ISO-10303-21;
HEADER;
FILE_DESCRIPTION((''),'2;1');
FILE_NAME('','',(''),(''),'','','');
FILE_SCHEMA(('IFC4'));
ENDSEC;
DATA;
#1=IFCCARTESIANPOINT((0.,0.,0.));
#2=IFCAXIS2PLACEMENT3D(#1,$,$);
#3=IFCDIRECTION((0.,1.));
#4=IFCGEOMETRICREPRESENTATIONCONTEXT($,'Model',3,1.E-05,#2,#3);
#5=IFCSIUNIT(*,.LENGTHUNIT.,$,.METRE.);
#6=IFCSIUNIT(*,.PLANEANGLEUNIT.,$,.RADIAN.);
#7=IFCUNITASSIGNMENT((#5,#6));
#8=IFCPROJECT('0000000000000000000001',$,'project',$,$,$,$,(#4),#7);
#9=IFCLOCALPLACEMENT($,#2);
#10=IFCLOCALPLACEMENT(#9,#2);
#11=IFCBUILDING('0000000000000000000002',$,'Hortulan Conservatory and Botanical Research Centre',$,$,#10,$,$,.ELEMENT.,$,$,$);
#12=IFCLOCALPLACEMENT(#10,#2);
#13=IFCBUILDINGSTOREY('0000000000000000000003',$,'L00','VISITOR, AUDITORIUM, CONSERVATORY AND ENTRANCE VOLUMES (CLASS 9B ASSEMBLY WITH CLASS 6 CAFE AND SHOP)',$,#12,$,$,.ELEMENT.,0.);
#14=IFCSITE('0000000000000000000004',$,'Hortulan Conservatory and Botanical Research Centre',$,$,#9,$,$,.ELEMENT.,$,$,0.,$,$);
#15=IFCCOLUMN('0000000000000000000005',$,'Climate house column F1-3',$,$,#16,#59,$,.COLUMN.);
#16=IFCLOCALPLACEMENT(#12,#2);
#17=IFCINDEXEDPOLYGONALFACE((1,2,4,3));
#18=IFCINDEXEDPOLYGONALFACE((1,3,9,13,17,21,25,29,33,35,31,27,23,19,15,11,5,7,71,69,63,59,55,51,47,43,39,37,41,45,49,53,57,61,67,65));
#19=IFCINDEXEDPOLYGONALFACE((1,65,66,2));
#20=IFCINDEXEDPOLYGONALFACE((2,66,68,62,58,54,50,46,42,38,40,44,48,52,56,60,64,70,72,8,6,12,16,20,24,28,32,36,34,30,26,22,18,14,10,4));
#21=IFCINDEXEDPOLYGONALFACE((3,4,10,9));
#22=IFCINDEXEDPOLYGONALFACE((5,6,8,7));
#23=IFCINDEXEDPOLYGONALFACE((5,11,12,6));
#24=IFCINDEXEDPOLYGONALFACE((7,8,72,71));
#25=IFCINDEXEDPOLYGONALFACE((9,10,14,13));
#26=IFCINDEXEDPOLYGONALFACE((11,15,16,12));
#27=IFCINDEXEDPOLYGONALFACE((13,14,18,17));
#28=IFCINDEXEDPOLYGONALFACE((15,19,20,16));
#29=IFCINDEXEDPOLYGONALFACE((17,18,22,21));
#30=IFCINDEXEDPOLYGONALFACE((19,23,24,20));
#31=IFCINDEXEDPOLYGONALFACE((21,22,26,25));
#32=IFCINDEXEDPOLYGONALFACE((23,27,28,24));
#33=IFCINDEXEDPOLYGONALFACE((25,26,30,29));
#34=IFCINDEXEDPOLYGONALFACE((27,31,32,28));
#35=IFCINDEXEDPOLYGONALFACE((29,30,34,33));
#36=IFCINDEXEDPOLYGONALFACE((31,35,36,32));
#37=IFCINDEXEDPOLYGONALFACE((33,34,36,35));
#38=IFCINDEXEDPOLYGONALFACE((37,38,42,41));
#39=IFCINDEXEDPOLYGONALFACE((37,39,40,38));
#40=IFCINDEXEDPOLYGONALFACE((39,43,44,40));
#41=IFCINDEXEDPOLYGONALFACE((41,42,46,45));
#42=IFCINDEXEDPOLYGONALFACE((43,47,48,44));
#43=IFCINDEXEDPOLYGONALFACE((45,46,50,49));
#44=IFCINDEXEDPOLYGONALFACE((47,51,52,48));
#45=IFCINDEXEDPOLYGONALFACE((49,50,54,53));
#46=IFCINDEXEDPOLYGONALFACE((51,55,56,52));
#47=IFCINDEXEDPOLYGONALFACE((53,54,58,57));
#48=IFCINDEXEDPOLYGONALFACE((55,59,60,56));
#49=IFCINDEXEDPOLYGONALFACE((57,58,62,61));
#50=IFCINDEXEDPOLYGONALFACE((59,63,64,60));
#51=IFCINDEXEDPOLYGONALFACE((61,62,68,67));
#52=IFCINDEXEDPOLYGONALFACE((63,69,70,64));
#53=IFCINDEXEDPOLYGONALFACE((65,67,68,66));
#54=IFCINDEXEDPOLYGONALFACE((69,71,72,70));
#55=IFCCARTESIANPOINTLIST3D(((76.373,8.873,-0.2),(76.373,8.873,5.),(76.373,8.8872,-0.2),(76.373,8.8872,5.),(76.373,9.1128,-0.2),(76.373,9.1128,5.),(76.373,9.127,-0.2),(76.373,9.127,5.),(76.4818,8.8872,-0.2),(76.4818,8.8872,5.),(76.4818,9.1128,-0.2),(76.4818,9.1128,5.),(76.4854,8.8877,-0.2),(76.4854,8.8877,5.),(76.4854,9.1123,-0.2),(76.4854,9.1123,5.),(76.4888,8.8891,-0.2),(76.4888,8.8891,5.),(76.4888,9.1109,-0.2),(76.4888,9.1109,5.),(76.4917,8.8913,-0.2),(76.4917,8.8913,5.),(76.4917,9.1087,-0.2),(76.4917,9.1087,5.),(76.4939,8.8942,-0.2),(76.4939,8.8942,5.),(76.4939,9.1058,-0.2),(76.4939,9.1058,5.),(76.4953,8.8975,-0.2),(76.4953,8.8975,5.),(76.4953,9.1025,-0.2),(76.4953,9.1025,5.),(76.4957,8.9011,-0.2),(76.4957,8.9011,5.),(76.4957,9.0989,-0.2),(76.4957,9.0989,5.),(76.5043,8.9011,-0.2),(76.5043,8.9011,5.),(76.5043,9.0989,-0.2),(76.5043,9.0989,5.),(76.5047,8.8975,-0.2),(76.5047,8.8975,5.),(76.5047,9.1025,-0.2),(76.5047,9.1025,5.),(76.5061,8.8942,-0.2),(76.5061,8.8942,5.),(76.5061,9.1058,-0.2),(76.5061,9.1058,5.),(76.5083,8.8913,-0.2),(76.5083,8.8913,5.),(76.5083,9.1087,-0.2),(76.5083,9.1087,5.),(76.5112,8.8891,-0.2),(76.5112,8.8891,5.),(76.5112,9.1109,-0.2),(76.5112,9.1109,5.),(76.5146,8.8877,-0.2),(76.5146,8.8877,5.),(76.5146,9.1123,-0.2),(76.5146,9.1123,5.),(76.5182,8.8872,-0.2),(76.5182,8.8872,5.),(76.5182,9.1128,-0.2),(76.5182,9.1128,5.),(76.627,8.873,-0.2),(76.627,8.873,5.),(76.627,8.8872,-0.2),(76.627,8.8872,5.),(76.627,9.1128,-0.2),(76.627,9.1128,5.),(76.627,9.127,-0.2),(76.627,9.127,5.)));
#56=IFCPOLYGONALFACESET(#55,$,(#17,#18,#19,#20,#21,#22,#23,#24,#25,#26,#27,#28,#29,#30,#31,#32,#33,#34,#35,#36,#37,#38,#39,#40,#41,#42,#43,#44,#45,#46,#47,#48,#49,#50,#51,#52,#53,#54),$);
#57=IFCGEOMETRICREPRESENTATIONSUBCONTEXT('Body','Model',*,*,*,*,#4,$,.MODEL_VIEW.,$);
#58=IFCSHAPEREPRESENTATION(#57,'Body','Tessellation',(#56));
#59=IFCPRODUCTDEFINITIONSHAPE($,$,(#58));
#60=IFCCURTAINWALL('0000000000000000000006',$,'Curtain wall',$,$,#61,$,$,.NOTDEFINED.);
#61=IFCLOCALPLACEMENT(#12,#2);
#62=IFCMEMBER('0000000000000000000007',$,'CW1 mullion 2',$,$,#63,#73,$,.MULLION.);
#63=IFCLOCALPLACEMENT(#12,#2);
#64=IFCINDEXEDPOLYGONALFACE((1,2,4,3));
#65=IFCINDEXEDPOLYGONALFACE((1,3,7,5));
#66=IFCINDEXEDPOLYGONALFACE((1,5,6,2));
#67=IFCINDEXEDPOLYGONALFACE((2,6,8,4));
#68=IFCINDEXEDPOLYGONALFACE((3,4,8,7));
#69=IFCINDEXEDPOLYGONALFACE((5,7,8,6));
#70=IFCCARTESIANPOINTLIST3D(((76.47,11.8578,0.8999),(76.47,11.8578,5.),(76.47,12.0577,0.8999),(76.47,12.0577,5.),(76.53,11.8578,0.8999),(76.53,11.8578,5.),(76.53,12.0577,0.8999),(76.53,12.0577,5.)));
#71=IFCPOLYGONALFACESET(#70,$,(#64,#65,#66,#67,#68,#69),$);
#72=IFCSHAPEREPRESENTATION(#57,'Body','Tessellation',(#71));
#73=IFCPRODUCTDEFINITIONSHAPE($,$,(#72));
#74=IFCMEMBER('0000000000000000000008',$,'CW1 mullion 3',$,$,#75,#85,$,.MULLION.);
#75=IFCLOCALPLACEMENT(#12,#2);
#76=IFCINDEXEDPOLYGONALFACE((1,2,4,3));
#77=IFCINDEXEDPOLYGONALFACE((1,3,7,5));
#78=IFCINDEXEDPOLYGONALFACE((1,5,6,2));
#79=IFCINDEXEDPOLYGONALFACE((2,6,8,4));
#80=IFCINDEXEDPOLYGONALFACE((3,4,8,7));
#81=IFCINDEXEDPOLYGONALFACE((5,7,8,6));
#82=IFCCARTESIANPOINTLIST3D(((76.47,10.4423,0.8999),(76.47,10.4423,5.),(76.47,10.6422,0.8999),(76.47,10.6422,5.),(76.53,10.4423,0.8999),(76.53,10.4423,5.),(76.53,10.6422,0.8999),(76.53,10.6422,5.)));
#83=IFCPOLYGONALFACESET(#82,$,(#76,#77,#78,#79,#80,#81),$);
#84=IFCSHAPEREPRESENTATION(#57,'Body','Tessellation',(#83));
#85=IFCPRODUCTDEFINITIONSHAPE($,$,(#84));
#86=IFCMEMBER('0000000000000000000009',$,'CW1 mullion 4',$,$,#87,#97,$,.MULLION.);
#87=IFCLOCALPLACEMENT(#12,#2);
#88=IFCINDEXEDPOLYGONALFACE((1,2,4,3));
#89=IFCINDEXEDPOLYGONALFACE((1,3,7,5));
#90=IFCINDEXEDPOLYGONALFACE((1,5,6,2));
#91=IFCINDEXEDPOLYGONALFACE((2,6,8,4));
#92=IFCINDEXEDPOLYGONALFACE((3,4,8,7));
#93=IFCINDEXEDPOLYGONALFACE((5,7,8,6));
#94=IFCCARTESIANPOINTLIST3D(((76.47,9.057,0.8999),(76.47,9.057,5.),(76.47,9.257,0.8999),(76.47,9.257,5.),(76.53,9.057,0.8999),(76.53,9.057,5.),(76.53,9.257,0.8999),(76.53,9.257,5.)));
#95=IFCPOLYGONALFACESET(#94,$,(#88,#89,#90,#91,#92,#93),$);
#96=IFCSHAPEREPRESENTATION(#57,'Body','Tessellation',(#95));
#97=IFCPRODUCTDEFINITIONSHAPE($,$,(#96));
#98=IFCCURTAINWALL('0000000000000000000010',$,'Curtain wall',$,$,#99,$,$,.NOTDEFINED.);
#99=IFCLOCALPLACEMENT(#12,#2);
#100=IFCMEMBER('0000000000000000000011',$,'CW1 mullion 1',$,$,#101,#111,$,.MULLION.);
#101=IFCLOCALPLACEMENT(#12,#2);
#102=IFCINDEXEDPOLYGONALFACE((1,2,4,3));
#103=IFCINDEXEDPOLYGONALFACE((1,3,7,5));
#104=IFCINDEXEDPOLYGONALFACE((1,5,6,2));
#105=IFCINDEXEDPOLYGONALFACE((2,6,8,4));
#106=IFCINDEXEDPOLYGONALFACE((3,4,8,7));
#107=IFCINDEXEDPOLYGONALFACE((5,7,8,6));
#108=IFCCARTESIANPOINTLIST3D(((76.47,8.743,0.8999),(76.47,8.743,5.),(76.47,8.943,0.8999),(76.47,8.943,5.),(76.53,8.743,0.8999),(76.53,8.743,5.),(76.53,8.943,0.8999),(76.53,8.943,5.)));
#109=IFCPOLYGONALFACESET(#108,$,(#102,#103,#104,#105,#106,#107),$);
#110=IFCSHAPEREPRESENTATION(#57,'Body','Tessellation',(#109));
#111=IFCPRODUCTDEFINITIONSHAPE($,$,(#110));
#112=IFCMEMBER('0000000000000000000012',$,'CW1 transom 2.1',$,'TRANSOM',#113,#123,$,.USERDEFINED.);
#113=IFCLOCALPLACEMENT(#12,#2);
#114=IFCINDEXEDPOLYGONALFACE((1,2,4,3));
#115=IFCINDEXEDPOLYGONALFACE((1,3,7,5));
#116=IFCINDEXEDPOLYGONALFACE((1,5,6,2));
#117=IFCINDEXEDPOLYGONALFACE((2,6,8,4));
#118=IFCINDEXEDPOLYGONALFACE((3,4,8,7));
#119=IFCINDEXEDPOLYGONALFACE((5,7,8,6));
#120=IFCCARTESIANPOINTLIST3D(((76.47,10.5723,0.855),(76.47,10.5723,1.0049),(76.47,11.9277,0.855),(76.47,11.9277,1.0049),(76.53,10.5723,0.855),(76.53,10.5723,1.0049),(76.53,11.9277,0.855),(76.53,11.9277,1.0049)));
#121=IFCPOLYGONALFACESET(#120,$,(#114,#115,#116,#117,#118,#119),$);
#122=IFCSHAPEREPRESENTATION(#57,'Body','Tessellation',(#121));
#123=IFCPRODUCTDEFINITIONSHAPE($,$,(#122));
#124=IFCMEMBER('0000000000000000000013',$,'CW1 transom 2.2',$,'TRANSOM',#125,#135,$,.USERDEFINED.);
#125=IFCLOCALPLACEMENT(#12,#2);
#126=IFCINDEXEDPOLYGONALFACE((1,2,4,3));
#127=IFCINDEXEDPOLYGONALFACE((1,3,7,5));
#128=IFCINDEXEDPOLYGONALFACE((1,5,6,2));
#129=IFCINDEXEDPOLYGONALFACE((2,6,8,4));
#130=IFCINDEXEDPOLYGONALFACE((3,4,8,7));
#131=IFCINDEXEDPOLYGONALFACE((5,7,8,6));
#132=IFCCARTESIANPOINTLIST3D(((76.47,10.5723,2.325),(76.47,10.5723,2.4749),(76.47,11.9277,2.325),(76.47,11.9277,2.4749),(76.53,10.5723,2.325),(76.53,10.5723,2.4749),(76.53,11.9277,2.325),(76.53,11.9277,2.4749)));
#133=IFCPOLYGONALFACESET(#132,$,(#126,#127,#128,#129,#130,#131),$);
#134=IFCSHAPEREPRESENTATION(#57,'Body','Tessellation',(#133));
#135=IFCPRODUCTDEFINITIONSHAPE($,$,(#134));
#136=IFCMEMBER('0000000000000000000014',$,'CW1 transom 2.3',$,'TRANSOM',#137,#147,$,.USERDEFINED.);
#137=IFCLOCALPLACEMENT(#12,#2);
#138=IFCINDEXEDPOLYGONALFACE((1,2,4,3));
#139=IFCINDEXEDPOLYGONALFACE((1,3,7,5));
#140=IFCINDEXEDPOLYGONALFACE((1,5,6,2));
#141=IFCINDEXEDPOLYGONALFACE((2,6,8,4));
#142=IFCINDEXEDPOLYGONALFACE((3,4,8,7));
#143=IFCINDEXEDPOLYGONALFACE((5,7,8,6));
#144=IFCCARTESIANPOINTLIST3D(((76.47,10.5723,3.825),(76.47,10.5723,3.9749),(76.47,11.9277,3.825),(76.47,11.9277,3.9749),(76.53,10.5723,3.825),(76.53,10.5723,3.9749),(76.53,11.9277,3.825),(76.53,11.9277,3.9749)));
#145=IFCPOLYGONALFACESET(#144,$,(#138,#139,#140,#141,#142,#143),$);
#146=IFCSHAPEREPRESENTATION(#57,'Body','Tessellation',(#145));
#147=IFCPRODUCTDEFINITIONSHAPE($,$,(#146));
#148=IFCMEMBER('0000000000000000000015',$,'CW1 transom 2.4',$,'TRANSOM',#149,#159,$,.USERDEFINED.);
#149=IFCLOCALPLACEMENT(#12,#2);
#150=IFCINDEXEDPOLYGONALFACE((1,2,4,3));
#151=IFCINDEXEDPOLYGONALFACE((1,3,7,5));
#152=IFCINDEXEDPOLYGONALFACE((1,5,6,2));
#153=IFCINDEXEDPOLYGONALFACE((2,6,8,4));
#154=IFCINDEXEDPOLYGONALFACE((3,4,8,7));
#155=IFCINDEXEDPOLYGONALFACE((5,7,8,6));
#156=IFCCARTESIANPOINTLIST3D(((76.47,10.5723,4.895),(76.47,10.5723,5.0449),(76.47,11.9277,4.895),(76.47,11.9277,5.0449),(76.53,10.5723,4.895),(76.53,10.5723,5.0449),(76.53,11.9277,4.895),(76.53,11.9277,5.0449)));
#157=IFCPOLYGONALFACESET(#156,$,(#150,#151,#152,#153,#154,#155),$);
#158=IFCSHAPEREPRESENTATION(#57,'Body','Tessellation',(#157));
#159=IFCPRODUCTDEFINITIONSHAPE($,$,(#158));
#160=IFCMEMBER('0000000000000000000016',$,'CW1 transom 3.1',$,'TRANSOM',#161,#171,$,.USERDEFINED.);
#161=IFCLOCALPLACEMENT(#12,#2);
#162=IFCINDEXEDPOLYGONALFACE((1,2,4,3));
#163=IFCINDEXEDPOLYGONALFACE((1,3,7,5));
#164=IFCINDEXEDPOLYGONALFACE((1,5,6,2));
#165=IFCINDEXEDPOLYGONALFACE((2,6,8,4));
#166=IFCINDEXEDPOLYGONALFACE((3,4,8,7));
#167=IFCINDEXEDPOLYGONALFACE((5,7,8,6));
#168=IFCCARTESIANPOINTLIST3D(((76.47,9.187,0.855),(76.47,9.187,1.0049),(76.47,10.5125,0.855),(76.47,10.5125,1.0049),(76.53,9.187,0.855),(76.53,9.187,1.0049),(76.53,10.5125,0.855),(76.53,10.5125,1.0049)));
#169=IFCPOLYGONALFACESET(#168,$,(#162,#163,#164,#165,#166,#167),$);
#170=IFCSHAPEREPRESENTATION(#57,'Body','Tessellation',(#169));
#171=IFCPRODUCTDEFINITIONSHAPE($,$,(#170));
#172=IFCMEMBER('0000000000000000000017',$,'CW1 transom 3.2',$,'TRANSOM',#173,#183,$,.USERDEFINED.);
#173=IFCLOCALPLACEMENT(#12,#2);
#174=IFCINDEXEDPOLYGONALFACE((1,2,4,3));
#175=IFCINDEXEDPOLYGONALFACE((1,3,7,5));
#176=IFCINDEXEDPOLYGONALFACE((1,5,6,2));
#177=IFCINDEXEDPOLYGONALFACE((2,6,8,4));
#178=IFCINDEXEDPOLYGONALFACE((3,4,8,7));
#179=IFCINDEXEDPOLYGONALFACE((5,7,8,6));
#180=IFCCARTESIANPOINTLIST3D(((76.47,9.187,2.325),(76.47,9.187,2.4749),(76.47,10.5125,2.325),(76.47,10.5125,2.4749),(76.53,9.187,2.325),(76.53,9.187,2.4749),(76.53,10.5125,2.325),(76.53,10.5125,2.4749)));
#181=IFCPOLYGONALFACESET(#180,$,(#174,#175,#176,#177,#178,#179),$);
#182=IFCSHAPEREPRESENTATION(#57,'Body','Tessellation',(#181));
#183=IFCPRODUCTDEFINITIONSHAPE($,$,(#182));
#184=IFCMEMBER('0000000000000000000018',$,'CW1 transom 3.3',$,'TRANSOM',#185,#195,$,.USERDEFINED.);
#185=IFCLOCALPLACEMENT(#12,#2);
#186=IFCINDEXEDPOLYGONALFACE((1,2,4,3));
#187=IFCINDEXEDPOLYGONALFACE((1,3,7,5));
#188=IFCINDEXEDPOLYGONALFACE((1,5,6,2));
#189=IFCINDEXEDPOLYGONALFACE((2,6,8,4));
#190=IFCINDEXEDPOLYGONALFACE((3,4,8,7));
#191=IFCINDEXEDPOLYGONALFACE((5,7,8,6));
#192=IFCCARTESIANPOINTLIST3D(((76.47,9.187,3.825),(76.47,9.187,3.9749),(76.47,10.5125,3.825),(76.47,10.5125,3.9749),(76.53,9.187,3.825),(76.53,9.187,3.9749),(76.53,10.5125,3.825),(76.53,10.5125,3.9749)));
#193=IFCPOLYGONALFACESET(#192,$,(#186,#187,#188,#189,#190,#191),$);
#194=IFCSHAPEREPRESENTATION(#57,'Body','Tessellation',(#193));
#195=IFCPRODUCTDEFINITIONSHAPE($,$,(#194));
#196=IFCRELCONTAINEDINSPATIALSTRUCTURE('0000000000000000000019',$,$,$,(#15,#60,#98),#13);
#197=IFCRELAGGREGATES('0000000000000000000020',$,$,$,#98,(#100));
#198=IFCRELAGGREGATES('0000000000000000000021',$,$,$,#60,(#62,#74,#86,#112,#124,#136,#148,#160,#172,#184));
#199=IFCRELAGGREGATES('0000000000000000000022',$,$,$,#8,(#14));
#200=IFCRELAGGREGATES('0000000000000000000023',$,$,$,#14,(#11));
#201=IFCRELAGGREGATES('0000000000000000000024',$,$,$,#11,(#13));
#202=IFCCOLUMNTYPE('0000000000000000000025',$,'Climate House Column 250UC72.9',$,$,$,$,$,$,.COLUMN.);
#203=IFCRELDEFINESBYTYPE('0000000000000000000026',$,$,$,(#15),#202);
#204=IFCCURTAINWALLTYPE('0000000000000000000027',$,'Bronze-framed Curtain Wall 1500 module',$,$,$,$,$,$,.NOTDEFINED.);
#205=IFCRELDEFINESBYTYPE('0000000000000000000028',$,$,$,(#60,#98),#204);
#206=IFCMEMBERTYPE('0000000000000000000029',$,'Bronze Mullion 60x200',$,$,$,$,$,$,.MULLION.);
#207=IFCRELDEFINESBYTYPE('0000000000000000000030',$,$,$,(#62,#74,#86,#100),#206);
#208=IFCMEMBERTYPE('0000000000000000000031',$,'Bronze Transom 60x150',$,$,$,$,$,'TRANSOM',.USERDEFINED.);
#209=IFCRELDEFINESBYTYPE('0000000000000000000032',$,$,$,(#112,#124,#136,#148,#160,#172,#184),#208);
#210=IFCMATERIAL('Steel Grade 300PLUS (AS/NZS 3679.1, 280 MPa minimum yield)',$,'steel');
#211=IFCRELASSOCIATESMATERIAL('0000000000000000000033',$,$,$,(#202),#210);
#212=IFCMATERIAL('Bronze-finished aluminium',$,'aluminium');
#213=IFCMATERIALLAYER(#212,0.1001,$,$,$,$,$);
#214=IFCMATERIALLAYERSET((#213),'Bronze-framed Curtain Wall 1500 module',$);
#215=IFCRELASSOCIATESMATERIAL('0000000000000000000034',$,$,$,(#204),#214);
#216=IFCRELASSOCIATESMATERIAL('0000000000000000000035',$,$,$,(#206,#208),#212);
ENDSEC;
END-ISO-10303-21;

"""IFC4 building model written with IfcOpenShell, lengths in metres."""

from ifc_helpers import new_model, si_unit, direction, frame, origin, origin_2d, place, context, subcontext, project, spatial, rectangle, i_section, extrude, material, layer, layer_set, material_profile, profile_set, type_object, element, aggregate, save


model = new_model("IFC4")

# Units and contexts
model_context = context("Model", 3, precision=1e-05, world=origin(), true_north=direction((0.0, 1.0)))
body_context = subcontext(model_context, "Body", "Model", "MODEL_VIEW")
ifc_project = project(units=[si_unit("LENGTHUNIT", "METRE"), si_unit("PLANEANGLEUNIT", "RADIAN")], contexts=[model_context])

# Site, building, storey
site_placement = place(None, origin())
site = spatial("IfcSite", under=ifc_project, at=site_placement, Name="Hortulan Conservatory and Botanical Research Centre", CompositionType="ELEMENT", RefElevation=0.0)
building_placement = place(site_placement, origin())
building = spatial("IfcBuilding", under=site, at=building_placement, Name="Hortulan Conservatory and Botanical Research Centre", CompositionType="ELEMENT")
storey_placement = place(building_placement, origin())
storey = spatial("IfcBuildingStorey", under=building, at=storey_placement, Name="L00", Description="VISITOR, AUDITORIUM, CONSERVATORY AND ENTRANCE VOLUMES (CLASS 9B ASSEMBLY WITH CLASS 6 CAFE AND SHOP)", CompositionType="ELEMENT", Elevation=0.0)

# Column
ifc_material_1 = material(Name="Steel Grade 300PLUS (AS/NZS 3679.1, 280 MPa minimum yield)", Category="steel")
ifc_material_profile_1 = material_profile(ifc_material_1, i_section(OverallWidth=0.2539, OverallDepth=0.2539, WebThickness=0.0085, FlangeThickness=0.0142, FilletRadius=0.0139, at=origin_2d()), Name="250UC72.9")
ifc_profile_set_1 = profile_set([ifc_material_profile_1], Name="Steel Grade 300PLUS (AS/NZS 3679.1, 280 MPa minimum yield)")
column_type = type_object("IfcColumnType", Name="Climate House Column 250UC72.9", PredefinedType="COLUMN", material=ifc_profile_set_1)
column_placement = place(storey_placement, frame((76.5, 9.0, -0.2), z_axis=(0.0, 0.0, 1.0), x_axis=(1.0, 0.0, 0.0)))
element("IfcColumn", 1, at=column_placement, inside=storey, type_object=column_type, Name="Climate house column F1-3", PredefinedType="COLUMN", context=body_context, shape_type="SweptSolid", body=[
    extrude(i_section(OverallWidth=0.2539, OverallDepth=0.2539, WebThickness=0.0085, FlangeThickness=0.0142, FilletRadius=0.0139, at=origin_2d()), origin(), (0.0, 0.0, 1.0), 5.2),
])

# Curtain wall, members
ifc_material_2 = material(Name="Bronze-finished aluminium", Category="aluminium")
ifc_layer_1 = layer(ifc_material_2, 0.1001)
ifc_layer_set_1 = layer_set([ifc_layer_1], Name="Bronze-framed Curtain Wall 1500 module")
curtain_wall_type = type_object("IfcCurtainWallType", Name="Bronze-framed Curtain Wall 1500 module", PredefinedType="NOTDEFINED", material=ifc_layer_set_1)
curtain_wall_1_placement = place(storey_placement, origin())
curtain_wall_1 = element("IfcCurtainWall", 2, at=curtain_wall_1_placement, inside=storey, type_object=curtain_wall_type, Name="Curtain wall", PredefinedType="NOTDEFINED")
ifc_material_profile_2 = material_profile(ifc_material_2, rectangle(XDim=0.0601, YDim=0.2, at=origin_2d()), Name="Bronze Mullion 60x200")
ifc_profile_set_2 = profile_set([ifc_material_profile_2], Name="Bronze-finished aluminium")
member_type_1 = type_object("IfcMemberType", Name="Bronze Mullion 60x200", PredefinedType="MULLION", material=ifc_profile_set_2)
member_1_placement = place(storey_placement, frame((76.5, 11.9578, 0.8999), z_axis=(0.0, 0.0, 1.0), x_axis=(1.0, 0.0, 0.0)))
member_1 = element("IfcMember", 3, at=member_1_placement, type_object=member_type_1, Name="CW1 mullion 2", PredefinedType="MULLION", context=body_context, shape_type="SweptSolid", body=[
    extrude(rectangle(XDim=0.0601, YDim=0.2, at=origin_2d()), origin(), (0.0, 0.0, 1.0), 4.1001),
])
member_2_placement = place(storey_placement, frame((76.5, 10.5422, 0.8999), z_axis=(0.0, 0.0, 1.0), x_axis=(1.0, 0.0, 0.0)))
member_2 = element("IfcMember", 4, at=member_2_placement, type_object=member_type_1, Name="CW1 mullion 3", PredefinedType="MULLION", context=body_context, shape_type="SweptSolid", body=[
    extrude(rectangle(XDim=0.0601, YDim=0.2, at=origin_2d()), origin(), (0.0, 0.0, 1.0), 4.1001),
])
member_3_placement = place(storey_placement, frame((76.5, 9.157, 0.8999), z_axis=(0.0, 0.0, 1.0), x_axis=(1.0, 0.0, 0.0)))
member_3 = element("IfcMember", 5, at=member_3_placement, type_object=member_type_1, Name="CW1 mullion 4", PredefinedType="MULLION", context=body_context, shape_type="SweptSolid", body=[
    extrude(rectangle(XDim=0.0601, YDim=0.2, at=origin_2d()), origin(), (0.0, 0.0, 1.0), 4.1001),
])

# Curtain wall, member
curtain_wall_2_placement = place(storey_placement, origin())
curtain_wall_2 = element("IfcCurtainWall", 6, at=curtain_wall_2_placement, inside=storey, type_object=curtain_wall_type, Name="Curtain wall", PredefinedType="NOTDEFINED")
member_4_placement = place(storey_placement, frame((76.5, 8.843, 0.8999), z_axis=(0.0, 0.0, 1.0), x_axis=(1.0, 0.0, 0.0)))
member_4 = element("IfcMember", 7, at=member_4_placement, type_object=member_type_1, Name="CW1 mullion 1", PredefinedType="MULLION", context=body_context, shape_type="SweptSolid", body=[
    extrude(rectangle(XDim=0.0601, YDim=0.2, at=origin_2d()), origin(), (0.0, 0.0, 1.0), 4.1001),
])

# Members
ifc_material_profile_3 = material_profile(ifc_material_2, rectangle(XDim=0.0601, YDim=0.1499, at=origin_2d()), Name="Bronze Transom 60x150")
ifc_profile_set_3 = profile_set([ifc_material_profile_3], Name="Bronze-finished aluminium")
member_type_2 = type_object("IfcMemberType", Name="Bronze Transom 60x150", ElementType="TRANSOM", PredefinedType="USERDEFINED", material=ifc_profile_set_3)
member_5_placement = place(storey_placement, frame((76.5, 11.9277, 0.9299), z_axis=(0.0, -1.0, 0.0), x_axis=(1.0, 0.0, 0.0)))
member_5 = element("IfcMember", 8, at=member_5_placement, type_object=member_type_2, Name="CW1 transom 2.1", ObjectType="TRANSOM", PredefinedType="USERDEFINED", context=body_context, shape_type="SweptSolid", body=[
    extrude(rectangle(XDim=0.0601, YDim=0.1499, at=origin_2d()), origin(), (0.0, 0.0, 1.0), 1.3555),
])
member_6_placement = place(storey_placement, frame((76.5, 11.9277, 2.3999), z_axis=(0.0, -1.0, 0.0), x_axis=(1.0, 0.0, 0.0)))
member_6 = element("IfcMember", 9, at=member_6_placement, type_object=member_type_2, Name="CW1 transom 2.2", ObjectType="TRANSOM", PredefinedType="USERDEFINED", context=body_context, shape_type="SweptSolid", body=[
    extrude(rectangle(XDim=0.0601, YDim=0.1499, at=origin_2d()), origin(), (0.0, 0.0, 1.0), 1.3555),
])
member_7_placement = place(storey_placement, frame((76.5, 11.9277, 3.8999), z_axis=(0.0, -1.0, 0.0), x_axis=(1.0, 0.0, 0.0)))
member_7 = element("IfcMember", 10, at=member_7_placement, type_object=member_type_2, Name="CW1 transom 2.3", ObjectType="TRANSOM", PredefinedType="USERDEFINED", context=body_context, shape_type="SweptSolid", body=[
    extrude(rectangle(XDim=0.0601, YDim=0.1499, at=origin_2d()), origin(), (0.0, 0.0, 1.0), 1.3555),
])
member_8_placement = place(storey_placement, frame((76.5, 11.9277, 4.97), z_axis=(0.0, -1.0, 0.0), x_axis=(1.0, 0.0, 0.0)))
member_8 = element("IfcMember", 11, at=member_8_placement, type_object=member_type_2, Name="CW1 transom 2.4", ObjectType="TRANSOM", PredefinedType="USERDEFINED", context=body_context, shape_type="SweptSolid", body=[
    extrude(rectangle(XDim=0.0601, YDim=0.1499, at=origin_2d()), origin(), (0.0, 0.0, 1.0), 1.3555),
])
member_9_placement = place(storey_placement, frame((76.5, 10.5125, 0.9299), z_axis=(0.0, -1.0, 0.0), x_axis=(1.0, 0.0, 0.0)))
member_9 = element("IfcMember", 12, at=member_9_placement, type_object=member_type_2, Name="CW1 transom 3.1", ObjectType="TRANSOM", PredefinedType="USERDEFINED", context=body_context, shape_type="SweptSolid", body=[
    extrude(rectangle(XDim=0.0601, YDim=0.1499, at=origin_2d()), origin(), (0.0, 0.0, 1.0), 1.3254),
])
member_10_placement = place(storey_placement, frame((76.5, 10.5125, 2.3999), z_axis=(0.0, -1.0, 0.0), x_axis=(1.0, 0.0, 0.0)))
member_10 = element("IfcMember", 13, at=member_10_placement, type_object=member_type_2, Name="CW1 transom 3.2", ObjectType="TRANSOM", PredefinedType="USERDEFINED", context=body_context, shape_type="SweptSolid", body=[
    extrude(rectangle(XDim=0.0601, YDim=0.1499, at=origin_2d()), origin(), (0.0, 0.0, 1.0), 1.3254),
])
member_11_placement = place(storey_placement, frame((76.5, 10.5125, 3.8999), z_axis=(0.0, -1.0, 0.0), x_axis=(1.0, 0.0, 0.0)))
member_11 = element("IfcMember", 14, at=member_11_placement, type_object=member_type_2, Name="CW1 transom 3.3", ObjectType="TRANSOM", PredefinedType="USERDEFINED", context=body_context, shape_type="SweptSolid", body=[
    extrude(rectangle(XDim=0.0601, YDim=0.1499, at=origin_2d()), origin(), (0.0, 0.0, 1.0), 1.3254),
])
aggregate(curtain_wall_2, [member_4])

aggregate(curtain_wall_1, [member_1, member_2, member_3, member_5, member_6, member_7, member_8, member_9, member_10, member_11])

save(model, "model.ifc")
